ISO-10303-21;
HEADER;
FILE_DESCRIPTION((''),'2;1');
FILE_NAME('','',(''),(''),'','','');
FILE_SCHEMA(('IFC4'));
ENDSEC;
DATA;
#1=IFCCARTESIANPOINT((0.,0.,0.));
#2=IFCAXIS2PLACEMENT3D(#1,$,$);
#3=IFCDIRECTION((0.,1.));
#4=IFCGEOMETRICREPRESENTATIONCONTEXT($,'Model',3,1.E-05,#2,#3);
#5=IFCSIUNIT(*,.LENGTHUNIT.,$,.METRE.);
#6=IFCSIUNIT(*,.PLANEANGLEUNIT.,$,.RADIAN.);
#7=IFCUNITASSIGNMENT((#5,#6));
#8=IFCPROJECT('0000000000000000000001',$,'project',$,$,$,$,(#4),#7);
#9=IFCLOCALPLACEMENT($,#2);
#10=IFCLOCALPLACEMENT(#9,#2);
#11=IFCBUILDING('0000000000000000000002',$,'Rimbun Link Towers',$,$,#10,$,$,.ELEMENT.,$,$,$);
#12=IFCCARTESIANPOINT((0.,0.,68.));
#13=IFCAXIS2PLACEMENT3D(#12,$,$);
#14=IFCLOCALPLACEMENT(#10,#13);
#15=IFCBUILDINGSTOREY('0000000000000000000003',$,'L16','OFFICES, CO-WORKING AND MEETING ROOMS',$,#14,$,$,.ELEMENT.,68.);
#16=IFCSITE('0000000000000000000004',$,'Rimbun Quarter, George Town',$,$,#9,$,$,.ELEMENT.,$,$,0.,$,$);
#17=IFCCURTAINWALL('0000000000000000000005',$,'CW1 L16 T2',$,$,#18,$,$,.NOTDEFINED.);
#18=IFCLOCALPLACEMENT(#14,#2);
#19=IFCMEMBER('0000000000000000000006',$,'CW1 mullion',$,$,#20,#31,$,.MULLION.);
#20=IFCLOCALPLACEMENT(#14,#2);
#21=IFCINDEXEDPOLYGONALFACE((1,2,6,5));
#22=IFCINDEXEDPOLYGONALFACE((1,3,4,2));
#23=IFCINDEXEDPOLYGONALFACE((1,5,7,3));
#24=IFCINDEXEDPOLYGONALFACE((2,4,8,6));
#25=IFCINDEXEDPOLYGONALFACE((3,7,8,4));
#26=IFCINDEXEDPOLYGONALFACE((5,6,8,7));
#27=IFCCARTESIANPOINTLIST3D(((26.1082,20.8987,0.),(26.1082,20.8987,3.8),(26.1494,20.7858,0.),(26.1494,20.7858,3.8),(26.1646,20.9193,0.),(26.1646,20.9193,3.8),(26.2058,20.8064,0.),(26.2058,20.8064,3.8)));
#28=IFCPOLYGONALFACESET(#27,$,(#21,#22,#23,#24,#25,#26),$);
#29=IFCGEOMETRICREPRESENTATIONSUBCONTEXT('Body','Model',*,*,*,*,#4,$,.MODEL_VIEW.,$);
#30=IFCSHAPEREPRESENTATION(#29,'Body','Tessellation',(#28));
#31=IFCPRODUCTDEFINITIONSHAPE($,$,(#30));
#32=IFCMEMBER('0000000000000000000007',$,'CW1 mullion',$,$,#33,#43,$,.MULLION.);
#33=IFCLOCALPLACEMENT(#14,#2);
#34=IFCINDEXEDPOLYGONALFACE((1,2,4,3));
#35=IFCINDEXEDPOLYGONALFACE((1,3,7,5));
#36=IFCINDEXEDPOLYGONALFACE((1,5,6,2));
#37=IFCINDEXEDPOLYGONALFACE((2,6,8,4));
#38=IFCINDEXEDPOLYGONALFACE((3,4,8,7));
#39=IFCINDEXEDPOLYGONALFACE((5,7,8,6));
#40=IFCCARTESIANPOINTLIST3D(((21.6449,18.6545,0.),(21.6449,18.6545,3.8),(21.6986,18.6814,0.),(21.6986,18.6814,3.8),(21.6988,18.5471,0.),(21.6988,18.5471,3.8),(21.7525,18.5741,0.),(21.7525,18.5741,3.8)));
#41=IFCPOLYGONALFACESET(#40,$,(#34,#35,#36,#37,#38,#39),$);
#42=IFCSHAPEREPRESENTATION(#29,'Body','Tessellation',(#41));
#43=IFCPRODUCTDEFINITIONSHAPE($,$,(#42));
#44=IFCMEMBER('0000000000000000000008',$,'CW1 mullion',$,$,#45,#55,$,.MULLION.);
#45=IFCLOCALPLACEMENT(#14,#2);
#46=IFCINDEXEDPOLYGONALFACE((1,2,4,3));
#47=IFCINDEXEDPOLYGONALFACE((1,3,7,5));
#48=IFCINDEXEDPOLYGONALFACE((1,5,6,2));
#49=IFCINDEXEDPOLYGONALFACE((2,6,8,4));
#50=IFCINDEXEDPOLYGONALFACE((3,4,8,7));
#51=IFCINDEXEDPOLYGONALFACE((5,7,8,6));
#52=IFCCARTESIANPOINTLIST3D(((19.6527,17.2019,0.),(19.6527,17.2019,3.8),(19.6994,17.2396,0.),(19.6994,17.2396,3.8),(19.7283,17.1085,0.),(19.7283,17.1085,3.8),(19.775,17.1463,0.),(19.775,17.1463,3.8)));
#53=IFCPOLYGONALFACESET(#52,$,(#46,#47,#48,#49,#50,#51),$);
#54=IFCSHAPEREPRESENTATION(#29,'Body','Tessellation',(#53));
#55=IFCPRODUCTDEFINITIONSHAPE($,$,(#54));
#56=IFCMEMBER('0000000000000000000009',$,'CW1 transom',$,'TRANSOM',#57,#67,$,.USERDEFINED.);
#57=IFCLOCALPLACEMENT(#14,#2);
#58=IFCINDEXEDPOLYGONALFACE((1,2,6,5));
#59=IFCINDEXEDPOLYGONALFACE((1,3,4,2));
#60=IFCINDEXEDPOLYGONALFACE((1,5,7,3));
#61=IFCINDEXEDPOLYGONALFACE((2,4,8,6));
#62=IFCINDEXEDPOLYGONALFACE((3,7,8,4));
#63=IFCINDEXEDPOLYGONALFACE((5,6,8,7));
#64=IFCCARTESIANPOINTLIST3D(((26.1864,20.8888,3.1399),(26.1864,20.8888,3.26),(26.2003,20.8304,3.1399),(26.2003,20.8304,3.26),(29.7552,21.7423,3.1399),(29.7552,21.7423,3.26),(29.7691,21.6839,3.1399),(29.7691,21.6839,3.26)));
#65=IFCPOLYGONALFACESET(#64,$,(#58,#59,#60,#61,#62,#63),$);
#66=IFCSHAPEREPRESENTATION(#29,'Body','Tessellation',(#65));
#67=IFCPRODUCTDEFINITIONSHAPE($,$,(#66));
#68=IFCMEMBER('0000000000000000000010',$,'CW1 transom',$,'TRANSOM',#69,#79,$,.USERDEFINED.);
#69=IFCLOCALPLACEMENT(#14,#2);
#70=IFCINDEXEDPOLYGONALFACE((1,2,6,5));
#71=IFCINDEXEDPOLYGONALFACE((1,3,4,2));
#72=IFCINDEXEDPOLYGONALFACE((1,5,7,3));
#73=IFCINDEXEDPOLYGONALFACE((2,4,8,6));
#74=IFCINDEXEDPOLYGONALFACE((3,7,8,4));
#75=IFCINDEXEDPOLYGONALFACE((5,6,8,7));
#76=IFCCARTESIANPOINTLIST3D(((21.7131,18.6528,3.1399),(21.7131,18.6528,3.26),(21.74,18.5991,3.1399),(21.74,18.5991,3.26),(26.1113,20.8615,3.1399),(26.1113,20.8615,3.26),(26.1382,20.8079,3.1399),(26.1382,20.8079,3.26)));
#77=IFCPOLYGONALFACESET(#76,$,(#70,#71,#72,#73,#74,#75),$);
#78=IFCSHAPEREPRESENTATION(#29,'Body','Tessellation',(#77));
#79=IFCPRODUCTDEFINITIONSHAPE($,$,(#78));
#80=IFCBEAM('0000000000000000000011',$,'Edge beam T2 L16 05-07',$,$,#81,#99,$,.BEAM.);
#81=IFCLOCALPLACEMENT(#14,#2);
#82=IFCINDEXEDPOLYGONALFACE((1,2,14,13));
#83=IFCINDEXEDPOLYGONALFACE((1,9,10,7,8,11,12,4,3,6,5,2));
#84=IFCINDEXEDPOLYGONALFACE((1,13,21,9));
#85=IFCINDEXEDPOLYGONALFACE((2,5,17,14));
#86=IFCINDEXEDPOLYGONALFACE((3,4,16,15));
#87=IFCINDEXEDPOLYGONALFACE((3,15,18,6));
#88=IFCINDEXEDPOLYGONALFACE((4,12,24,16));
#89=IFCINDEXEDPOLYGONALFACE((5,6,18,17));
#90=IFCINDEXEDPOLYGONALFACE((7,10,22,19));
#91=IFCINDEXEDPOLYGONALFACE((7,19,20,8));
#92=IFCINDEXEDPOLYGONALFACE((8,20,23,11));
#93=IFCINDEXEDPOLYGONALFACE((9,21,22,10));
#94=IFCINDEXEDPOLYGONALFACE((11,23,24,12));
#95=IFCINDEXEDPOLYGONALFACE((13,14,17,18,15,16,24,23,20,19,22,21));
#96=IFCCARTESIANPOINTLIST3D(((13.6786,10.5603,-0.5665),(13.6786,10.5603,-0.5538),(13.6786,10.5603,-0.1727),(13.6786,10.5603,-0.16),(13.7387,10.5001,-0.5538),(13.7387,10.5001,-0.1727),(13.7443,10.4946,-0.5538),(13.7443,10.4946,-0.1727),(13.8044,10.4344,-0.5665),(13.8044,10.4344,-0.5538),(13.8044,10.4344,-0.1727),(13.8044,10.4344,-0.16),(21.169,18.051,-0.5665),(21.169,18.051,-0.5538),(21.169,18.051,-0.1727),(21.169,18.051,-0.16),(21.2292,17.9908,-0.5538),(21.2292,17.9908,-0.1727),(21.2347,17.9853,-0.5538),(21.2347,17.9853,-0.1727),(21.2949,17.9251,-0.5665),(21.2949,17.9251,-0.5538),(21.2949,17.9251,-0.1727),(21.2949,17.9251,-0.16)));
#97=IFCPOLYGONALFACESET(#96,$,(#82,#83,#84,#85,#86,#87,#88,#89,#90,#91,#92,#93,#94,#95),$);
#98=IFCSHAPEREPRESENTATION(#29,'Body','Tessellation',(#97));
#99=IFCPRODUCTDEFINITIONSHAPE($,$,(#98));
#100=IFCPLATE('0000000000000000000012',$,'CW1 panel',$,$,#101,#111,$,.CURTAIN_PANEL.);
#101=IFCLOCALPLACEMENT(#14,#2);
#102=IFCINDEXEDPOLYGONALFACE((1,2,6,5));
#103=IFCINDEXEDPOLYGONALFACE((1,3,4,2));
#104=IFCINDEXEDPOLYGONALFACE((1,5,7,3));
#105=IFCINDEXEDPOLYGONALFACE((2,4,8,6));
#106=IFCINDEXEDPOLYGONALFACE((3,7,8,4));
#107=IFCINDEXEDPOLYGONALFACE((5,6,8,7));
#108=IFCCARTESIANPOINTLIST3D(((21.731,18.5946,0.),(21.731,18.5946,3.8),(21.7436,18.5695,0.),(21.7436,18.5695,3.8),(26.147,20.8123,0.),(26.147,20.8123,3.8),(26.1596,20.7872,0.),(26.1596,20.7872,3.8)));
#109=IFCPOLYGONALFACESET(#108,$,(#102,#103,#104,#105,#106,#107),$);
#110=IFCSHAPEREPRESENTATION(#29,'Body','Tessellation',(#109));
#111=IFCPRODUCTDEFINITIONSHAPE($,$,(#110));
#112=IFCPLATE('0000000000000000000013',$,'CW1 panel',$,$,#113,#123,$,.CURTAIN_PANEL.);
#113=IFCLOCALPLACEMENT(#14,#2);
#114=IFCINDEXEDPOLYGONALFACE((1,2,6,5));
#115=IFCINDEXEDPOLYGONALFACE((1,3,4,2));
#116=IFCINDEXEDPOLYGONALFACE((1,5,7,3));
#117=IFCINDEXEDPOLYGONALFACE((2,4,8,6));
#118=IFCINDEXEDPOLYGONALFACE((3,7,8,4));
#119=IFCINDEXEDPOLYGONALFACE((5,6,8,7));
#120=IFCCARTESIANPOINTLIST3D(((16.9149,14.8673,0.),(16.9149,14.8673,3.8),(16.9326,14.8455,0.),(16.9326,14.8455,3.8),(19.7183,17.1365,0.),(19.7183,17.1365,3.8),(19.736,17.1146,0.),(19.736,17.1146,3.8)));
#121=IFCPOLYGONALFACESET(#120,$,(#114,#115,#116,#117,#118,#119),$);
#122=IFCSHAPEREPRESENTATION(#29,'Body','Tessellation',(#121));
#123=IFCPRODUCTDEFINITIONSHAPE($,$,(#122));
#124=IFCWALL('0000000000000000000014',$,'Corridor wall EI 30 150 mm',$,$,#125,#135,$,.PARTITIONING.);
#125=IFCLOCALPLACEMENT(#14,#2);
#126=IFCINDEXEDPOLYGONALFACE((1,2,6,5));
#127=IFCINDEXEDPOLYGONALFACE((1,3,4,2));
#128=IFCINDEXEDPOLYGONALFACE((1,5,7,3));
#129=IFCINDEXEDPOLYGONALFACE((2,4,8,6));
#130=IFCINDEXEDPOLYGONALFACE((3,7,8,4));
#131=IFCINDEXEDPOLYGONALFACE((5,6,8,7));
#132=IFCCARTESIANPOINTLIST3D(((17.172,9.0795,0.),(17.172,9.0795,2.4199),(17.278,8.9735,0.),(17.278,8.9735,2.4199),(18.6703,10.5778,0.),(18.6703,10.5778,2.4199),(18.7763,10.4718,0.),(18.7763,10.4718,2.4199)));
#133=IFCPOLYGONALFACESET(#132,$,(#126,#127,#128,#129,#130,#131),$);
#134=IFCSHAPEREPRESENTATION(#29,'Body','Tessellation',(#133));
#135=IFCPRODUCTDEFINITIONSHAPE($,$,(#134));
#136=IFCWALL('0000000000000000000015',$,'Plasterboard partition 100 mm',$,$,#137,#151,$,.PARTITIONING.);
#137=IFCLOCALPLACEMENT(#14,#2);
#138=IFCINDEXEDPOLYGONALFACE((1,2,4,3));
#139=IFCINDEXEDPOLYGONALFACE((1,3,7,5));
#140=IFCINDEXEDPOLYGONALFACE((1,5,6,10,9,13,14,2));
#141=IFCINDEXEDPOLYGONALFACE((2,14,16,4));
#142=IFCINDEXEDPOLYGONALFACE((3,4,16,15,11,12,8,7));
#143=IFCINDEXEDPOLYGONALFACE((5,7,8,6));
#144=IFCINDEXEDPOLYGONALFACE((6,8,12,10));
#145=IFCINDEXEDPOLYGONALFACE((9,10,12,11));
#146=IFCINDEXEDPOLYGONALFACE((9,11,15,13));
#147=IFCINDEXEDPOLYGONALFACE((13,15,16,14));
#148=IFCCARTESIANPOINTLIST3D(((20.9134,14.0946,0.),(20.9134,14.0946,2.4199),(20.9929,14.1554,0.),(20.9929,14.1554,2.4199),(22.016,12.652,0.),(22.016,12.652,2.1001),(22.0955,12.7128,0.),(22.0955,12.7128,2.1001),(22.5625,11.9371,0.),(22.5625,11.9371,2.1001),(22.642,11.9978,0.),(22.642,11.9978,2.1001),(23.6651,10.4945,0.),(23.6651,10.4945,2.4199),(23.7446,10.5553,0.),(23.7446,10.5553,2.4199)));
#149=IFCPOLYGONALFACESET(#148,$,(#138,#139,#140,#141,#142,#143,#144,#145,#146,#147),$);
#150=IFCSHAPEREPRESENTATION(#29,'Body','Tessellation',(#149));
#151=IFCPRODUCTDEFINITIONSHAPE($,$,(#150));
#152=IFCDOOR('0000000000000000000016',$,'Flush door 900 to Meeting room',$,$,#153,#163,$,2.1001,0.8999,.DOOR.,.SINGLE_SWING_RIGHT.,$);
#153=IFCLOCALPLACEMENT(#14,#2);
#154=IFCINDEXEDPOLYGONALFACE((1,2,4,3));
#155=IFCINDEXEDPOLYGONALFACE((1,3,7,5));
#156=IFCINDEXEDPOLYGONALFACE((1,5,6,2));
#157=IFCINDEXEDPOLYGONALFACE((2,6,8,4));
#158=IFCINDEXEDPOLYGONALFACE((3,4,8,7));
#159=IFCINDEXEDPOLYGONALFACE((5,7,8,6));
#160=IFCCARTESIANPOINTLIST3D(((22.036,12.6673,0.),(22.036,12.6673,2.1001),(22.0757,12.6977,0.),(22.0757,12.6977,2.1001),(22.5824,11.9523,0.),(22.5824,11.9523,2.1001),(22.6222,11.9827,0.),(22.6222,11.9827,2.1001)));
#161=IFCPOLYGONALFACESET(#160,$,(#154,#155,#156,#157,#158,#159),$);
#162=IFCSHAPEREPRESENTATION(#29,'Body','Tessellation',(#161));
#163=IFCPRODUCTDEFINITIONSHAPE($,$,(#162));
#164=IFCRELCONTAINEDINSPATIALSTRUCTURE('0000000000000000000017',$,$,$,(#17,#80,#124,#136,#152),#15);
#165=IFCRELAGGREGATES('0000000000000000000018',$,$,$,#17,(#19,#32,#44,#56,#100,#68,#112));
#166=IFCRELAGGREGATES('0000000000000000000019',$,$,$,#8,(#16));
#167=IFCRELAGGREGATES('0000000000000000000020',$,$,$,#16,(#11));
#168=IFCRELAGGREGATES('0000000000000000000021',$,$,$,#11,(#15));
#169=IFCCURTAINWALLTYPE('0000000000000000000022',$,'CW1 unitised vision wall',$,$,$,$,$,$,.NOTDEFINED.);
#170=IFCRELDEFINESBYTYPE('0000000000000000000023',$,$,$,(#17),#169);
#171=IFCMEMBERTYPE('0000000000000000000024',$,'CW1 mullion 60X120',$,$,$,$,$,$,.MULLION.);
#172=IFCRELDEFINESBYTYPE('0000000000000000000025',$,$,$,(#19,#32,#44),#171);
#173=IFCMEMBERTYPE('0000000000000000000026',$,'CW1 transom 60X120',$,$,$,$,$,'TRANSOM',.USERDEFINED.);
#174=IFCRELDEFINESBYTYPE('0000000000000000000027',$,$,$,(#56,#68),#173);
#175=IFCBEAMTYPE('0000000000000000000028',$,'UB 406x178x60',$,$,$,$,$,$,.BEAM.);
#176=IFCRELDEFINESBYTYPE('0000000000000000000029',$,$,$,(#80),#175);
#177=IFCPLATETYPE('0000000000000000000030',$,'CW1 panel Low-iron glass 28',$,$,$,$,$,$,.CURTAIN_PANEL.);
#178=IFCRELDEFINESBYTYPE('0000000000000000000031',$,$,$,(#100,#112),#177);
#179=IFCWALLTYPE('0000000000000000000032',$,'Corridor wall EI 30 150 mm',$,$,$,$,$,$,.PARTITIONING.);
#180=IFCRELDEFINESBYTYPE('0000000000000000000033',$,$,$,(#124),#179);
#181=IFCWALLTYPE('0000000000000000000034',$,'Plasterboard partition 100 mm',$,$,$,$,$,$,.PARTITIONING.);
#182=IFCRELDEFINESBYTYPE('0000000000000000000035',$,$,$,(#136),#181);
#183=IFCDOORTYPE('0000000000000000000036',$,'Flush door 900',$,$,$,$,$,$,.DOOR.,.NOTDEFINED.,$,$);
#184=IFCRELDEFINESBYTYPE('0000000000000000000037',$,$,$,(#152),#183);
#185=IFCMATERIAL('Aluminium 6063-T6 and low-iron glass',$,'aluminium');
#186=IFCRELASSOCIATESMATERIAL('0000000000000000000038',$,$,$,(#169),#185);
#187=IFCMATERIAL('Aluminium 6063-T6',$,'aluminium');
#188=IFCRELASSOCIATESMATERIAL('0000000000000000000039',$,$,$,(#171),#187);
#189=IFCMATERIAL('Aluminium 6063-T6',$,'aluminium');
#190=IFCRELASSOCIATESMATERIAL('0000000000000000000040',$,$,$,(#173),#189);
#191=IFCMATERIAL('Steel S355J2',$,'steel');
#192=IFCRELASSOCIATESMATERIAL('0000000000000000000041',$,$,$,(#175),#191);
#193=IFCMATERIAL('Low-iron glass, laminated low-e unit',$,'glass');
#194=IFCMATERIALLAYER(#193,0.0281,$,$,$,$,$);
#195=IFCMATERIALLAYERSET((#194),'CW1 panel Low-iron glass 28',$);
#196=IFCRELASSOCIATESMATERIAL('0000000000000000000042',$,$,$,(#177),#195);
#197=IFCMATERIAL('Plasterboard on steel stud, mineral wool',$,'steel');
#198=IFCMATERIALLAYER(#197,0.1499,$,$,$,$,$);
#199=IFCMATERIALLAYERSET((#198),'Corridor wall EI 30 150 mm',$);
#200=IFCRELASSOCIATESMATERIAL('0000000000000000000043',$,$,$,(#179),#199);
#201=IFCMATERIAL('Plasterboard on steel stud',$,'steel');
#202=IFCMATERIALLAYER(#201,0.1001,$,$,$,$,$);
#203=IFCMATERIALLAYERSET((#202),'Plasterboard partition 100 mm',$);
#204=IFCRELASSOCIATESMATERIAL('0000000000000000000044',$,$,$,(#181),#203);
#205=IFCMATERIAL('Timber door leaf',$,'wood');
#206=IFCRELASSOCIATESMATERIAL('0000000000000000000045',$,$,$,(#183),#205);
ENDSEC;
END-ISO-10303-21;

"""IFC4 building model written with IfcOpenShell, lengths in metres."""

from ifc_helpers import new_model, si_unit, direction, frame, frame_2d, origin, origin_2d, place, context, subcontext, project, spatial, rectangle, i_section, extrude, material, layer, layer_set, material_profile, profile_set, type_object, element, fill, aggregate, save


model = new_model("IFC4")

# Units and contexts
model_context = context("Model", 3, precision=1e-05, world=origin(), true_north=direction((0.0, 1.0)))
body_context = subcontext(model_context, "Body", "Model", "MODEL_VIEW")
ifc_project = project(units=[si_unit("LENGTHUNIT", "METRE"), si_unit("PLANEANGLEUNIT", "RADIAN")], contexts=[model_context])

# Site, building, storey
site_placement = place(None, origin())
site = spatial("IfcSite", under=ifc_project, at=site_placement, Name="Rimbun Quarter, George Town", CompositionType="ELEMENT", RefElevation=0.0)
building_placement = place(site_placement, origin())
building = spatial("IfcBuilding", under=site, at=building_placement, Name="Rimbun Link Towers", CompositionType="ELEMENT")
storey_placement = place(building_placement, frame((0.0, 0.0, 68.0)))
storey = spatial("IfcBuildingStorey", under=building, at=storey_placement, Name="L16", Description="OFFICES, CO-WORKING AND MEETING ROOMS", CompositionType="ELEMENT", Elevation=68.0)

# Curtain wall, members
ifc_material_1 = material(Name="Aluminium 6063-T6 and low-iron glass", Category="aluminium")
curtain_wall_type = type_object("IfcCurtainWallType", Name="CW1 unitised vision wall", PredefinedType="NOTDEFINED", material=ifc_material_1)
curtain_wall_placement = place(storey_placement, origin())
curtain_wall = element("IfcCurtainWall", 1, at=curtain_wall_placement, inside=storey, type_object=curtain_wall_type, Name="CW1 L16 T2", PredefinedType="NOTDEFINED")
ifc_material_2 = material(Name="Aluminium 6063-T6", Category="aluminium")
ifc_material_profile_1 = material_profile(ifc_material_2, rectangle(XDim=0.1201, YDim=0.0601, at=origin_2d()), Name="MULLION 60X120")
ifc_profile_set_1 = profile_set([ifc_material_profile_1], Name="Aluminium 6063-T6")
member_type_1 = type_object("IfcMemberType", Name="CW1 mullion 60X120", PredefinedType="MULLION", material=ifc_profile_set_1)
member_1_placement = place(storey_placement, frame((26.157, 20.8525, 0.0), z_axis=(0.0, 0.0, 1.0), x_axis=(-0.34297, 0.939346, 0.0)))
member_1 = element("IfcMember", 2, at=member_1_placement, type_object=member_type_1, Name="CW1 mullion", PredefinedType="MULLION", context=body_context, shape_type="SweptSolid", body=[
    extrude(rectangle(XDim=0.1201, YDim=0.0601, at=origin_2d()), origin(), (0.0, 0.0, 1.0), 3.8),
])
member_2_placement = place(storey_placement, frame((21.6987, 18.6143, 0.0), z_axis=(0.0, 0.0, 1.0), x_axis=(-0.448782, 0.893641, 0.0)))
member_2 = element("IfcMember", 3, at=member_2_placement, type_object=member_type_1, Name="CW1 mullion", PredefinedType="MULLION", context=body_context, shape_type="SweptSolid", body=[
    extrude(rectangle(XDim=0.1201, YDim=0.0601, at=origin_2d()), origin(), (0.0, 0.0, 1.0), 3.8),
])
member_3_placement = place(storey_placement, frame((19.7139, 17.1741, 0.0), z_axis=(0.0, 0.0, 1.0), x_axis=(-0.629155, 0.77728, 0.0)))
member_3 = element("IfcMember", 4, at=member_3_placement, type_object=member_type_1, Name="CW1 mullion", PredefinedType="MULLION", context=body_context, shape_type="SweptSolid", body=[
    extrude(rectangle(XDim=0.1201, YDim=0.0601, at=origin_2d()), origin(), (0.0, 0.0, 1.0), 3.8),
])
ifc_material_3 = material(Name="Aluminium 6063-T6", Category="aluminium")
ifc_material_profile_2 = material_profile(ifc_material_3, rectangle(XDim=0.0601, YDim=0.1201, at=origin_2d()), Name="TRANSOM 60X120")
ifc_profile_set_2 = profile_set([ifc_material_profile_2], Name="Aluminium 6063-T6")
member_type_2 = type_object("IfcMemberType", Name="CW1 transom 60X120", ElementType="TRANSOM", PredefinedType="USERDEFINED", material=ifc_profile_set_2)
member_4_placement = place(storey_placement, frame((26.1934, 20.8596, 3.2), z_axis=(0.972573, 0.232598, 0.0), x_axis=(-0.232598, 0.972573, 0.0)))
member_4 = element("IfcMember", 5, at=member_4_placement, type_object=member_type_2, Name="CW1 transom", ObjectType="TRANSOM", PredefinedType="USERDEFINED", context=body_context, shape_type="SweptSolid", body=[
    extrude(rectangle(XDim=0.0601, YDim=0.1201, at=origin_2d()), origin(), (0.0, 0.0, 1.0), 3.6694),
])
member_5_placement = place(storey_placement, frame((21.7266, 18.626, 3.2), z_axis=(0.893642, 0.44878, 0.0), x_axis=(-0.44878, 0.893642, 0.0)))
member_5 = element("IfcMember", 6, at=member_5_placement, type_object=member_type_2, Name="CW1 transom", ObjectType="TRANSOM", PredefinedType="USERDEFINED", context=body_context, shape_type="SweptSolid", body=[
    extrude(rectangle(XDim=0.0601, YDim=0.1201, at=origin_2d()), origin(), (0.0, 0.0, 1.0), 4.9216),
])

# Beam
ifc_material_4 = material(Name="Steel S355J2", Category="steel")
ifc_material_profile_3 = material_profile(ifc_material_4, i_section(OverallWidth=0.178, OverallDepth=0.4065, WebThickness=0.0078, FlangeThickness=0.0127, at=origin_2d()), Name="UB 406x178x60")
ifc_profile_set_3 = profile_set([ifc_material_profile_3], Name="Steel S355J2")
beam_type = type_object("IfcBeamType", Name="UB 406x178x60", PredefinedType="BEAM", material=ifc_profile_set_3)
beam_placement = place(storey_placement, frame((21.2319, 17.988, -0.3633), z_axis=(-0.707095, -0.707118, 0.0), x_axis=(0.707118, -0.707095, 0.0)))
element("IfcBeam", 7, at=beam_placement, inside=storey, type_object=beam_type, Name="Edge beam T2 L16 05-07", PredefinedType="BEAM", context=body_context, shape_type="SweptSolid", body=[
    extrude(i_section(OverallWidth=0.178, OverallDepth=0.4065, WebThickness=0.0078, FlangeThickness=0.0127, at=origin_2d()), origin(), (0.0, 0.0, 1.0), 10.5933),
])

# Plates
ifc_material_5 = material(Name="Low-iron glass, laminated low-e unit", Category="glass")
ifc_layer_1 = layer(ifc_material_5, 0.0281)
ifc_layer_set_1 = layer_set([ifc_layer_1], Name="CW1 panel Low-iron glass 28")
plate_type = type_object("IfcPlateType", Name="CW1 panel Low-iron glass 28", PredefinedType="CURTAIN_PANEL", material=ifc_layer_set_1)
plate_1_placement = place(storey_placement, frame((23.9453, 19.6909, 0.0), z_axis=(0.0, 0.0, 1.0), x_axis=(0.893641, 0.448782, 0.0)))
plate_1 = element("IfcPlate", 8, at=plate_1_placement, type_object=plate_type, Name="CW1 panel", PredefinedType="CURTAIN_PANEL", context=body_context, shape_type="SweptSolid", body=[
    extrude(rectangle(XDim=4.9417, YDim=0.0281, at=origin_2d()), origin(), (0.0, 0.0, 1.0), 3.8),
])
plate_2_placement = place(storey_placement, frame((18.3254, 15.991, 0.0), z_axis=(0.0, 0.0, 1.0), x_axis=(0.77728, 0.629155, 0.0)))
plate_2 = element("IfcPlate", 9, at=plate_2_placement, type_object=plate_type, Name="CW1 panel", PredefinedType="CURTAIN_PANEL", context=body_context, shape_type="SweptSolid", body=[
    extrude(rectangle(XDim=3.6067, YDim=0.0281, at=origin_2d()), origin(), (0.0, 0.0, 1.0), 3.8),
])
aggregate(curtain_wall, [member_1, member_2, member_3, member_4, plate_1, member_5, plate_2])

# Wall
ifc_material_6 = material(Name="Plasterboard on steel stud, mineral wool", Category="steel")
ifc_layer_2 = layer(ifc_material_6, 0.1499)
ifc_layer_set_2 = layer_set([ifc_layer_2], Name="Corridor wall EI 30 150 mm")
wall_type_1 = type_object("IfcWallType", Name="Corridor wall EI 30 150 mm", PredefinedType="PARTITIONING", material=ifc_layer_set_2)
wall_1_placement = place(storey_placement, frame((18.7234, 10.5249, 0.0), z_axis=(0.0, 0.0, 1.0), x_axis=(-0.707107, -0.707107, 0.0)))
element("IfcWall", 10, at=wall_1_placement, inside=storey, type_object=wall_type_1, Name="Corridor wall EI 30 150 mm", PredefinedType="PARTITIONING", context=body_context, shape_type="SweptSolid", body=[
    extrude(rectangle(XDim=2.1189, YDim=0.1499, at=frame_2d((1.0596, 0.0))), origin(), (0.0, 0.0, 1.0), 2.4199),
])

# Wall, opening, door
ifc_material_7 = material(Name="Plasterboard on steel stud", Category="steel")
ifc_layer_3 = layer(ifc_material_7, 0.1001)
ifc_layer_set_3 = layer_set([ifc_layer_3], Name="Plasterboard partition 100 mm")
wall_type_2 = type_object("IfcWallType", Name="Plasterboard partition 100 mm", PredefinedType="PARTITIONING", material=ifc_layer_set_3)
wall_2_placement = place(storey_placement, frame((23.7048, 10.5249, 0.0), z_axis=(0.0, 0.0, 1.0), x_axis=(-0.607268, 0.794497, 0.0)))
wall_2 = element("IfcWall", 11, at=wall_2_placement, inside=storey, type_object=wall_type_2, Name="Plasterboard partition 100 mm", PredefinedType="PARTITIONING", context=body_context, shape_type="SweptSolid", body=[
    extrude(rectangle(XDim=4.5312, YDim=0.1001, at=frame_2d((2.2656, 0.0))), origin(), (0.0, 0.0, 1.0), 2.4199),
])
opening_1_placement = place(wall_2_placement, frame((1.8157, 0.0, 0.0)))
opening_1 = element("IfcOpeningElement", 12, at=opening_1_placement, cuts=wall_2, PredefinedType="OPENING", context=body_context, shape_type="SweptSolid", body=[
    extrude(rectangle(XDim=0.8999, YDim=2.1001, at=frame_2d((0.45, 1.05))), frame((0.0, 0.0601, 0.0), z_axis=(0.0, -1.0, 0.0), x_axis=(1.0, 0.0, 0.0)), (0.0, 0.0, 1.0), 0.1201),
])
ifc_material_8 = material(Name="Timber door leaf", Category="wood")
door_type_1 = type_object("IfcDoorType", Name="Flush door 900", OperationType="NOTDEFINED", PredefinedType="DOOR", material=ifc_material_8)
door_1_placement = place(opening_1_placement, origin())
door_1 = element("IfcDoor", 13, at=door_1_placement, inside=storey, type_object=door_type_1, Name="Flush door 900 to Meeting room", OperationType="SINGLE_SWING_RIGHT", OverallHeight=2.1001, OverallWidth=0.8999, PredefinedType="DOOR", context=body_context, shape_type="SweptSolid", body=[
    extrude(rectangle(XDim=0.8999, YDim=2.1001, at=frame_2d((0.45, 1.05))), frame((0.0, 0.0249, 0.0), z_axis=(0.0, -1.0, 0.0), x_axis=(1.0, 0.0, 0.0)), (0.0, 0.0, 1.0), 0.05),
])
fill(opening_1, door_1)

save(model, "model.ifc")
